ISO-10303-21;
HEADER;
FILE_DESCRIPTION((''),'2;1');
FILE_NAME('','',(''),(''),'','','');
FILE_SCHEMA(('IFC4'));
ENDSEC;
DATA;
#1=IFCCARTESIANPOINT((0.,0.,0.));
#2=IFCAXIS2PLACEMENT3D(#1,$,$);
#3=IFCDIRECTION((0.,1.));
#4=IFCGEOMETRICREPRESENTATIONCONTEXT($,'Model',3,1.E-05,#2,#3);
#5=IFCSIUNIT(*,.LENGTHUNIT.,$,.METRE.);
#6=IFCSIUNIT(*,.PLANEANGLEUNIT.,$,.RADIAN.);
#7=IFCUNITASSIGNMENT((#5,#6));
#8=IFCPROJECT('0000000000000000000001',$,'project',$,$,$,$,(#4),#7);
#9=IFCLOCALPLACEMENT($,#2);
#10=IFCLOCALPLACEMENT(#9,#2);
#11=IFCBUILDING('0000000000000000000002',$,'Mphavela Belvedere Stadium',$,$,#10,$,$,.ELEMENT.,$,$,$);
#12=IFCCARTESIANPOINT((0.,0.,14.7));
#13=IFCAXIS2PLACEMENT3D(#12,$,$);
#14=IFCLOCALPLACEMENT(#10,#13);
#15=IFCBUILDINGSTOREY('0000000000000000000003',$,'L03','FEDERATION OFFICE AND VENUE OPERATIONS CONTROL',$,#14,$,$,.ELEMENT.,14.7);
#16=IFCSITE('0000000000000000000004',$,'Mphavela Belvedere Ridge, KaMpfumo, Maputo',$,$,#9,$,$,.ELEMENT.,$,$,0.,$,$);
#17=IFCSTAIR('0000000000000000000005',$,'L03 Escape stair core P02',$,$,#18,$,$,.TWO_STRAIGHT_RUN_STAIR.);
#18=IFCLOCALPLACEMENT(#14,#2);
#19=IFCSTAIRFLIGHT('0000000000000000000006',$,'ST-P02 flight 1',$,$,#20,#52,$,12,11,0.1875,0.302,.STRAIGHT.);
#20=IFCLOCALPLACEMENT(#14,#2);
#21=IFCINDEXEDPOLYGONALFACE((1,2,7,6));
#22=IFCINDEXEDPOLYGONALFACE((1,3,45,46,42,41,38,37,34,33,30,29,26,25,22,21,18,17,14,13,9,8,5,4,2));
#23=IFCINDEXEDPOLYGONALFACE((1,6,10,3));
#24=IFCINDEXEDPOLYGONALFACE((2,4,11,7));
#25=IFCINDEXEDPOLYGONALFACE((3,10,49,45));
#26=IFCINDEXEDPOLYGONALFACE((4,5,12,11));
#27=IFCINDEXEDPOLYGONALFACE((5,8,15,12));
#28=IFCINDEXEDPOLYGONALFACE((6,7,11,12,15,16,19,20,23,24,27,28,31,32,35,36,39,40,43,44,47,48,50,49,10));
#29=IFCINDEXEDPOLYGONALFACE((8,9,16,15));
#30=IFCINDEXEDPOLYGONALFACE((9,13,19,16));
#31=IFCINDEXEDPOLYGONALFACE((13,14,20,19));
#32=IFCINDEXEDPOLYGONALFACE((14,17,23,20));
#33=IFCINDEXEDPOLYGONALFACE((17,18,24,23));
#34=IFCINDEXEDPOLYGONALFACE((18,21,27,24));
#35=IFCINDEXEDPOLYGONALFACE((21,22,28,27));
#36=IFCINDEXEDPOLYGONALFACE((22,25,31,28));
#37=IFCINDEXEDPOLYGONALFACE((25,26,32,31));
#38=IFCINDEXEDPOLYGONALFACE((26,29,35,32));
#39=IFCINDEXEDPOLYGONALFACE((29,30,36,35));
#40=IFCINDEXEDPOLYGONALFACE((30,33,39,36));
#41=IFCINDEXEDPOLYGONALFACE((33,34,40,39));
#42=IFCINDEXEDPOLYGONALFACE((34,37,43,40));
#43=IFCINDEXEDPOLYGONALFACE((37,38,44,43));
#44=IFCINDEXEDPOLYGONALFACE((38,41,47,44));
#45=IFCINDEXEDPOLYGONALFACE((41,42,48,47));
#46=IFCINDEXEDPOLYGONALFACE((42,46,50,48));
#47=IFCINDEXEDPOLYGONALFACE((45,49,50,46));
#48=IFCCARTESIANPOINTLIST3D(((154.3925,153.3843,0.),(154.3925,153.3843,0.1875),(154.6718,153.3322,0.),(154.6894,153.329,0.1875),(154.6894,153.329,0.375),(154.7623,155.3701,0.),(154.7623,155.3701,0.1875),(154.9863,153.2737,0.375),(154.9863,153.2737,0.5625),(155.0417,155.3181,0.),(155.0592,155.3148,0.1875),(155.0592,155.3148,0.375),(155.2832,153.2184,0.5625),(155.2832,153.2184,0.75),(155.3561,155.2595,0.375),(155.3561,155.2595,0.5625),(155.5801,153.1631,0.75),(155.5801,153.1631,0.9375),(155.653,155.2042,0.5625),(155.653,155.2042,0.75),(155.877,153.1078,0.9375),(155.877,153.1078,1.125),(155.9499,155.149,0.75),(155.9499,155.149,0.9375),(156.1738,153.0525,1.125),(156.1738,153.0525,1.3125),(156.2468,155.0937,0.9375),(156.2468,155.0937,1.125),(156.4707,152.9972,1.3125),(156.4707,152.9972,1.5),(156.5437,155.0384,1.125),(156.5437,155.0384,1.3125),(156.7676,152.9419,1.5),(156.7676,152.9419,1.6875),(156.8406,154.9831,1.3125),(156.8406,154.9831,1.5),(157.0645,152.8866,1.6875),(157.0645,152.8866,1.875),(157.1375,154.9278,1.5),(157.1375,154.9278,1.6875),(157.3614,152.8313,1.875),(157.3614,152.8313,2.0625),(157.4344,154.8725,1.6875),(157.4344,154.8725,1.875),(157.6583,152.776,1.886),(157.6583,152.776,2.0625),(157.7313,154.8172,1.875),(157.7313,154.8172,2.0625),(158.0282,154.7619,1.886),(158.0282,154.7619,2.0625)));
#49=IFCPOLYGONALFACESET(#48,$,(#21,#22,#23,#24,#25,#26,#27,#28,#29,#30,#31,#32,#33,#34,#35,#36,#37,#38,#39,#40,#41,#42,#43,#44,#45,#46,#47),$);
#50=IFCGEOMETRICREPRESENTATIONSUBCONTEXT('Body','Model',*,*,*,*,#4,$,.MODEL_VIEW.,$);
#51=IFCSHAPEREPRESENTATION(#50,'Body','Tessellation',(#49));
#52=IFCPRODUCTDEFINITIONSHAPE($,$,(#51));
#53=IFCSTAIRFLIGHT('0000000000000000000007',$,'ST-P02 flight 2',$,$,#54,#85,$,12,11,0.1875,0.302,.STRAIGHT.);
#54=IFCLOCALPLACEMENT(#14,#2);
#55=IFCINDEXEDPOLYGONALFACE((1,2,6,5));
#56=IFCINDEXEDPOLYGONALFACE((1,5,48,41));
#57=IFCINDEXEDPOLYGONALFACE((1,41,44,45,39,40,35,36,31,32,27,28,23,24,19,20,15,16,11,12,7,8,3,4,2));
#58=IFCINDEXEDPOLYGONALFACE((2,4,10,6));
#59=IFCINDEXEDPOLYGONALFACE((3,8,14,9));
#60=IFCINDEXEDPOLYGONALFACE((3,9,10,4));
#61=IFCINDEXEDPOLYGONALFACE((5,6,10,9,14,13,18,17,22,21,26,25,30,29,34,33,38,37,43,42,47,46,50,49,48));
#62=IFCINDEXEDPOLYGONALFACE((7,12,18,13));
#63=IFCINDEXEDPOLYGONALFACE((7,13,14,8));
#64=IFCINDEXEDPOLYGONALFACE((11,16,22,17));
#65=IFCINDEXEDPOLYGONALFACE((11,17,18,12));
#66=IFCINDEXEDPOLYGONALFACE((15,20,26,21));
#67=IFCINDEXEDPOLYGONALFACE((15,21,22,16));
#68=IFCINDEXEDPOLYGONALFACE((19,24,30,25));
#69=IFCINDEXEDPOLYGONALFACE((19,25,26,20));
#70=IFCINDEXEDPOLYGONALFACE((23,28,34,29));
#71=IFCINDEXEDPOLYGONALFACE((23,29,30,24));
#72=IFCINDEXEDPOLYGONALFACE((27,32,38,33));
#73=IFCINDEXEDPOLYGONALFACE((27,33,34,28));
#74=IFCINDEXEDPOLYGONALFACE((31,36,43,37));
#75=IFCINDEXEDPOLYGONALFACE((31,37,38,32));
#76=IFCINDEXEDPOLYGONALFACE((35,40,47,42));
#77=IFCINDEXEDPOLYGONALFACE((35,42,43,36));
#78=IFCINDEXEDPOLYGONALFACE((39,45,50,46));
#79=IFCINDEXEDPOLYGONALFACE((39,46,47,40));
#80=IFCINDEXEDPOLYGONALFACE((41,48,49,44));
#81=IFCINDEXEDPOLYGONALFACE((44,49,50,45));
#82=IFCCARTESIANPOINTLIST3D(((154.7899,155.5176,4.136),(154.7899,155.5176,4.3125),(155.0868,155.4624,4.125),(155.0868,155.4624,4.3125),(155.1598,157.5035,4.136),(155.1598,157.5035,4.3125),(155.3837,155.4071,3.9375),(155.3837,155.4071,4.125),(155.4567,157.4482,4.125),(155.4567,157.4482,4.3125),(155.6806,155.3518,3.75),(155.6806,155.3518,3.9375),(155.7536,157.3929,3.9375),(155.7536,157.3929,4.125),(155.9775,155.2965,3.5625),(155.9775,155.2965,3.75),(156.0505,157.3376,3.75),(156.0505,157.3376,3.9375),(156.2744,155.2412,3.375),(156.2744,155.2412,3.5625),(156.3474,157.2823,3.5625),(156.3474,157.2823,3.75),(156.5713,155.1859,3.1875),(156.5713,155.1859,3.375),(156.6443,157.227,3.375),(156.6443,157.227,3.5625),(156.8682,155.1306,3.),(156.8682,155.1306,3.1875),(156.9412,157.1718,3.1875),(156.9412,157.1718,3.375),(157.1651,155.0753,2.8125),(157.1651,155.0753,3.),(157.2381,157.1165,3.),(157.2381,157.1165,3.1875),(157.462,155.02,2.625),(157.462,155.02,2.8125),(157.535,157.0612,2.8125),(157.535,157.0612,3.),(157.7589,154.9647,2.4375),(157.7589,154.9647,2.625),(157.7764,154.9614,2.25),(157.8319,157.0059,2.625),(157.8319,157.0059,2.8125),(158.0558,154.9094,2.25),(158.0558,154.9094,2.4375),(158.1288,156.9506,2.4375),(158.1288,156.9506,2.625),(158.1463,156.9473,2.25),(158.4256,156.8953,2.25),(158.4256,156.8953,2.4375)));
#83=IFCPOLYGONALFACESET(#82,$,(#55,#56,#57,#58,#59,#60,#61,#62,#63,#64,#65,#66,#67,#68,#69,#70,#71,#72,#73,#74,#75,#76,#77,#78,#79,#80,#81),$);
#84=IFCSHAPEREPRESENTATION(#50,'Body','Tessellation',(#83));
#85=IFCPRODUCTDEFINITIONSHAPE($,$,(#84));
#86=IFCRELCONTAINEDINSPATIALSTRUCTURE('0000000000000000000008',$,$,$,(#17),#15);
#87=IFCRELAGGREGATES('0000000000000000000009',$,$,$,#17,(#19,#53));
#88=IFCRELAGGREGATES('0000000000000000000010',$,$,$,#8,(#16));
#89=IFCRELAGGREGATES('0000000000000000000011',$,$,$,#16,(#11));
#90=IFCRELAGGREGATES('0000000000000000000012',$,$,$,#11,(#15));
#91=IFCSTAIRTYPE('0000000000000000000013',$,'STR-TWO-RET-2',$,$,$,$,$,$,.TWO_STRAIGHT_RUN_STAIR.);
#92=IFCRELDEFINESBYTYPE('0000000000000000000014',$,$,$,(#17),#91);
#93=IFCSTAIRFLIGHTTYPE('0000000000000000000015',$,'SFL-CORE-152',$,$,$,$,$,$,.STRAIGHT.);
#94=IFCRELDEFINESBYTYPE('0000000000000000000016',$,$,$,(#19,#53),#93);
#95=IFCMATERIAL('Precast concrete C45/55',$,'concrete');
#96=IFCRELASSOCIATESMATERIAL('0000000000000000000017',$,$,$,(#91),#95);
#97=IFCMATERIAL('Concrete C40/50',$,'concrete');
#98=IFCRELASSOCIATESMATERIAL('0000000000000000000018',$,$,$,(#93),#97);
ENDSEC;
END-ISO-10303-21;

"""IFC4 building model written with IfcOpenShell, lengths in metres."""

from ifc_helpers import new_model, si_unit, direction, frame, origin, place, context, subcontext, project, spatial, polyline, outline, extrude, material, type_object, element, aggregate, save


model = new_model("IFC4")

# Units and contexts
model_context = context("Model", 3, precision=1e-05, world=origin(), true_north=direction((0.0, 1.0)))
body_context = subcontext(model_context, "Body", "Model", "MODEL_VIEW")
ifc_project = project(units=[si_unit("LENGTHUNIT", "METRE"), si_unit("PLANEANGLEUNIT", "RADIAN")], contexts=[model_context])

# Site, building, storey
site_placement = place(None, origin())
site = spatial("IfcSite", under=ifc_project, at=site_placement, Name="Mphavela Belvedere Ridge, KaMpfumo, Maputo", CompositionType="ELEMENT", RefElevation=0.0)
building_placement = place(site_placement, origin())
building = spatial("IfcBuilding", under=site, at=building_placement, Name="Mphavela Belvedere Stadium", CompositionType="ELEMENT")
storey_placement = place(building_placement, frame((0.0, 0.0, 14.7)))
storey = spatial("IfcBuildingStorey", under=building, at=storey_placement, Name="L03", Description="FEDERATION OFFICE AND VENUE OPERATIONS CONTROL", CompositionType="ELEMENT", Elevation=14.7)

# Stair, stair flights
ifc_material_1 = material(Name="Precast concrete C45/55", Category="concrete")
stair_type = type_object("IfcStairType", Name="STR-TWO-RET-2", PredefinedType="TWO_STRAIGHT_RUN_STAIR", material=ifc_material_1)
stair_placement = place(storey_placement, origin())
stair = element("IfcStair", 1, at=stair_placement, inside=storey, type_object=stair_type, Name="L03 Escape stair core P02", PredefinedType="TWO_STRAIGHT_RUN_STAIR")
ifc_material_2 = material(Name="Concrete C40/50", Category="concrete")
stair_flight_type = type_object("IfcStairFlightType", Name="SFL-CORE-152", PredefinedType="STRAIGHT", material=ifc_material_2)
stair_flight_1_placement = place(storey_placement, frame((154.5774, 154.3772, 0.0), z_axis=(0.0, 0.0, 1.0), x_axis=(0.983096, -0.183094, 0.0)))
stair_flight_1 = element("IfcStairFlight", 2, at=stair_flight_1_placement, type_object=stair_flight_type, Name="ST-P02 flight 1", NumberOfRisers=12, NumberOfTreads=11, PredefinedType="STRAIGHT", RiserHeight=0.1875, TreadLength=0.302, context=body_context, shape_type="SweptSolid", body=[
    extrude(outline(polyline([(0.0, 0.0), (0.0, 0.1875), (0.302, 0.1875), (0.302, 0.375), (0.604, 0.375), (0.604, 0.5625), (0.906, 0.5625), (0.906, 0.75), (1.208, 0.75), (1.208, 0.9375), (1.51, 0.9375), (1.51, 1.125), (1.812, 1.125), (1.812, 1.3125), (2.114, 1.3125), (2.114, 1.5), (2.416, 1.5), (2.416, 1.6875), (2.718, 1.6875), (2.718, 1.875), (3.02, 1.875), (3.02, 2.0625), (3.322, 2.0625), (3.322, 2.25), (3.322, 1.886), (0.2842, 0.0), (0.0, 0.0)])), frame((0.0, 1.01, 0.0), z_axis=(0.0, -1.0, 0.0), x_axis=(1.0, 0.0, 0.0)), (0.0, 0.0, 1.0), 2.02),
])
stair_flight_2_placement = place(storey_placement, frame((158.2407, 155.9023, 2.25), z_axis=(0.0, 0.0, 1.0), x_axis=(-0.983096, 0.183094, 0.0)))
stair_flight_2 = element("IfcStairFlight", 3, at=stair_flight_2_placement, type_object=stair_flight_type, Name="ST-P02 flight 2", NumberOfRisers=12, NumberOfTreads=11, PredefinedType="STRAIGHT", RiserHeight=0.1875, TreadLength=0.302, context=body_context, shape_type="SweptSolid", body=[
    extrude(outline(polyline([(0.0, 0.0), (0.0, 0.1875), (0.302, 0.1875), (0.302, 0.375), (0.604, 0.375), (0.604, 0.5625), (0.906, 0.5625), (0.906, 0.75), (1.208, 0.75), (1.208, 0.9375), (1.51, 0.9375), (1.51, 1.125), (1.812, 1.125), (1.812, 1.3125), (2.114, 1.3125), (2.114, 1.5), (2.416, 1.5), (2.416, 1.6875), (2.718, 1.6875), (2.718, 1.875), (3.02, 1.875), (3.02, 2.0625), (3.322, 2.0625), (3.322, 2.25), (3.322, 1.886), (0.2842, 0.0), (0.0, 0.0)])), frame((0.0, 1.01, 0.0), z_axis=(0.0, -1.0, 0.0), x_axis=(1.0, 0.0, 0.0)), (0.0, 0.0, 1.0), 2.02),
])
aggregate(stair, [stair_flight_1, stair_flight_2])

save(model, "model.ifc")
